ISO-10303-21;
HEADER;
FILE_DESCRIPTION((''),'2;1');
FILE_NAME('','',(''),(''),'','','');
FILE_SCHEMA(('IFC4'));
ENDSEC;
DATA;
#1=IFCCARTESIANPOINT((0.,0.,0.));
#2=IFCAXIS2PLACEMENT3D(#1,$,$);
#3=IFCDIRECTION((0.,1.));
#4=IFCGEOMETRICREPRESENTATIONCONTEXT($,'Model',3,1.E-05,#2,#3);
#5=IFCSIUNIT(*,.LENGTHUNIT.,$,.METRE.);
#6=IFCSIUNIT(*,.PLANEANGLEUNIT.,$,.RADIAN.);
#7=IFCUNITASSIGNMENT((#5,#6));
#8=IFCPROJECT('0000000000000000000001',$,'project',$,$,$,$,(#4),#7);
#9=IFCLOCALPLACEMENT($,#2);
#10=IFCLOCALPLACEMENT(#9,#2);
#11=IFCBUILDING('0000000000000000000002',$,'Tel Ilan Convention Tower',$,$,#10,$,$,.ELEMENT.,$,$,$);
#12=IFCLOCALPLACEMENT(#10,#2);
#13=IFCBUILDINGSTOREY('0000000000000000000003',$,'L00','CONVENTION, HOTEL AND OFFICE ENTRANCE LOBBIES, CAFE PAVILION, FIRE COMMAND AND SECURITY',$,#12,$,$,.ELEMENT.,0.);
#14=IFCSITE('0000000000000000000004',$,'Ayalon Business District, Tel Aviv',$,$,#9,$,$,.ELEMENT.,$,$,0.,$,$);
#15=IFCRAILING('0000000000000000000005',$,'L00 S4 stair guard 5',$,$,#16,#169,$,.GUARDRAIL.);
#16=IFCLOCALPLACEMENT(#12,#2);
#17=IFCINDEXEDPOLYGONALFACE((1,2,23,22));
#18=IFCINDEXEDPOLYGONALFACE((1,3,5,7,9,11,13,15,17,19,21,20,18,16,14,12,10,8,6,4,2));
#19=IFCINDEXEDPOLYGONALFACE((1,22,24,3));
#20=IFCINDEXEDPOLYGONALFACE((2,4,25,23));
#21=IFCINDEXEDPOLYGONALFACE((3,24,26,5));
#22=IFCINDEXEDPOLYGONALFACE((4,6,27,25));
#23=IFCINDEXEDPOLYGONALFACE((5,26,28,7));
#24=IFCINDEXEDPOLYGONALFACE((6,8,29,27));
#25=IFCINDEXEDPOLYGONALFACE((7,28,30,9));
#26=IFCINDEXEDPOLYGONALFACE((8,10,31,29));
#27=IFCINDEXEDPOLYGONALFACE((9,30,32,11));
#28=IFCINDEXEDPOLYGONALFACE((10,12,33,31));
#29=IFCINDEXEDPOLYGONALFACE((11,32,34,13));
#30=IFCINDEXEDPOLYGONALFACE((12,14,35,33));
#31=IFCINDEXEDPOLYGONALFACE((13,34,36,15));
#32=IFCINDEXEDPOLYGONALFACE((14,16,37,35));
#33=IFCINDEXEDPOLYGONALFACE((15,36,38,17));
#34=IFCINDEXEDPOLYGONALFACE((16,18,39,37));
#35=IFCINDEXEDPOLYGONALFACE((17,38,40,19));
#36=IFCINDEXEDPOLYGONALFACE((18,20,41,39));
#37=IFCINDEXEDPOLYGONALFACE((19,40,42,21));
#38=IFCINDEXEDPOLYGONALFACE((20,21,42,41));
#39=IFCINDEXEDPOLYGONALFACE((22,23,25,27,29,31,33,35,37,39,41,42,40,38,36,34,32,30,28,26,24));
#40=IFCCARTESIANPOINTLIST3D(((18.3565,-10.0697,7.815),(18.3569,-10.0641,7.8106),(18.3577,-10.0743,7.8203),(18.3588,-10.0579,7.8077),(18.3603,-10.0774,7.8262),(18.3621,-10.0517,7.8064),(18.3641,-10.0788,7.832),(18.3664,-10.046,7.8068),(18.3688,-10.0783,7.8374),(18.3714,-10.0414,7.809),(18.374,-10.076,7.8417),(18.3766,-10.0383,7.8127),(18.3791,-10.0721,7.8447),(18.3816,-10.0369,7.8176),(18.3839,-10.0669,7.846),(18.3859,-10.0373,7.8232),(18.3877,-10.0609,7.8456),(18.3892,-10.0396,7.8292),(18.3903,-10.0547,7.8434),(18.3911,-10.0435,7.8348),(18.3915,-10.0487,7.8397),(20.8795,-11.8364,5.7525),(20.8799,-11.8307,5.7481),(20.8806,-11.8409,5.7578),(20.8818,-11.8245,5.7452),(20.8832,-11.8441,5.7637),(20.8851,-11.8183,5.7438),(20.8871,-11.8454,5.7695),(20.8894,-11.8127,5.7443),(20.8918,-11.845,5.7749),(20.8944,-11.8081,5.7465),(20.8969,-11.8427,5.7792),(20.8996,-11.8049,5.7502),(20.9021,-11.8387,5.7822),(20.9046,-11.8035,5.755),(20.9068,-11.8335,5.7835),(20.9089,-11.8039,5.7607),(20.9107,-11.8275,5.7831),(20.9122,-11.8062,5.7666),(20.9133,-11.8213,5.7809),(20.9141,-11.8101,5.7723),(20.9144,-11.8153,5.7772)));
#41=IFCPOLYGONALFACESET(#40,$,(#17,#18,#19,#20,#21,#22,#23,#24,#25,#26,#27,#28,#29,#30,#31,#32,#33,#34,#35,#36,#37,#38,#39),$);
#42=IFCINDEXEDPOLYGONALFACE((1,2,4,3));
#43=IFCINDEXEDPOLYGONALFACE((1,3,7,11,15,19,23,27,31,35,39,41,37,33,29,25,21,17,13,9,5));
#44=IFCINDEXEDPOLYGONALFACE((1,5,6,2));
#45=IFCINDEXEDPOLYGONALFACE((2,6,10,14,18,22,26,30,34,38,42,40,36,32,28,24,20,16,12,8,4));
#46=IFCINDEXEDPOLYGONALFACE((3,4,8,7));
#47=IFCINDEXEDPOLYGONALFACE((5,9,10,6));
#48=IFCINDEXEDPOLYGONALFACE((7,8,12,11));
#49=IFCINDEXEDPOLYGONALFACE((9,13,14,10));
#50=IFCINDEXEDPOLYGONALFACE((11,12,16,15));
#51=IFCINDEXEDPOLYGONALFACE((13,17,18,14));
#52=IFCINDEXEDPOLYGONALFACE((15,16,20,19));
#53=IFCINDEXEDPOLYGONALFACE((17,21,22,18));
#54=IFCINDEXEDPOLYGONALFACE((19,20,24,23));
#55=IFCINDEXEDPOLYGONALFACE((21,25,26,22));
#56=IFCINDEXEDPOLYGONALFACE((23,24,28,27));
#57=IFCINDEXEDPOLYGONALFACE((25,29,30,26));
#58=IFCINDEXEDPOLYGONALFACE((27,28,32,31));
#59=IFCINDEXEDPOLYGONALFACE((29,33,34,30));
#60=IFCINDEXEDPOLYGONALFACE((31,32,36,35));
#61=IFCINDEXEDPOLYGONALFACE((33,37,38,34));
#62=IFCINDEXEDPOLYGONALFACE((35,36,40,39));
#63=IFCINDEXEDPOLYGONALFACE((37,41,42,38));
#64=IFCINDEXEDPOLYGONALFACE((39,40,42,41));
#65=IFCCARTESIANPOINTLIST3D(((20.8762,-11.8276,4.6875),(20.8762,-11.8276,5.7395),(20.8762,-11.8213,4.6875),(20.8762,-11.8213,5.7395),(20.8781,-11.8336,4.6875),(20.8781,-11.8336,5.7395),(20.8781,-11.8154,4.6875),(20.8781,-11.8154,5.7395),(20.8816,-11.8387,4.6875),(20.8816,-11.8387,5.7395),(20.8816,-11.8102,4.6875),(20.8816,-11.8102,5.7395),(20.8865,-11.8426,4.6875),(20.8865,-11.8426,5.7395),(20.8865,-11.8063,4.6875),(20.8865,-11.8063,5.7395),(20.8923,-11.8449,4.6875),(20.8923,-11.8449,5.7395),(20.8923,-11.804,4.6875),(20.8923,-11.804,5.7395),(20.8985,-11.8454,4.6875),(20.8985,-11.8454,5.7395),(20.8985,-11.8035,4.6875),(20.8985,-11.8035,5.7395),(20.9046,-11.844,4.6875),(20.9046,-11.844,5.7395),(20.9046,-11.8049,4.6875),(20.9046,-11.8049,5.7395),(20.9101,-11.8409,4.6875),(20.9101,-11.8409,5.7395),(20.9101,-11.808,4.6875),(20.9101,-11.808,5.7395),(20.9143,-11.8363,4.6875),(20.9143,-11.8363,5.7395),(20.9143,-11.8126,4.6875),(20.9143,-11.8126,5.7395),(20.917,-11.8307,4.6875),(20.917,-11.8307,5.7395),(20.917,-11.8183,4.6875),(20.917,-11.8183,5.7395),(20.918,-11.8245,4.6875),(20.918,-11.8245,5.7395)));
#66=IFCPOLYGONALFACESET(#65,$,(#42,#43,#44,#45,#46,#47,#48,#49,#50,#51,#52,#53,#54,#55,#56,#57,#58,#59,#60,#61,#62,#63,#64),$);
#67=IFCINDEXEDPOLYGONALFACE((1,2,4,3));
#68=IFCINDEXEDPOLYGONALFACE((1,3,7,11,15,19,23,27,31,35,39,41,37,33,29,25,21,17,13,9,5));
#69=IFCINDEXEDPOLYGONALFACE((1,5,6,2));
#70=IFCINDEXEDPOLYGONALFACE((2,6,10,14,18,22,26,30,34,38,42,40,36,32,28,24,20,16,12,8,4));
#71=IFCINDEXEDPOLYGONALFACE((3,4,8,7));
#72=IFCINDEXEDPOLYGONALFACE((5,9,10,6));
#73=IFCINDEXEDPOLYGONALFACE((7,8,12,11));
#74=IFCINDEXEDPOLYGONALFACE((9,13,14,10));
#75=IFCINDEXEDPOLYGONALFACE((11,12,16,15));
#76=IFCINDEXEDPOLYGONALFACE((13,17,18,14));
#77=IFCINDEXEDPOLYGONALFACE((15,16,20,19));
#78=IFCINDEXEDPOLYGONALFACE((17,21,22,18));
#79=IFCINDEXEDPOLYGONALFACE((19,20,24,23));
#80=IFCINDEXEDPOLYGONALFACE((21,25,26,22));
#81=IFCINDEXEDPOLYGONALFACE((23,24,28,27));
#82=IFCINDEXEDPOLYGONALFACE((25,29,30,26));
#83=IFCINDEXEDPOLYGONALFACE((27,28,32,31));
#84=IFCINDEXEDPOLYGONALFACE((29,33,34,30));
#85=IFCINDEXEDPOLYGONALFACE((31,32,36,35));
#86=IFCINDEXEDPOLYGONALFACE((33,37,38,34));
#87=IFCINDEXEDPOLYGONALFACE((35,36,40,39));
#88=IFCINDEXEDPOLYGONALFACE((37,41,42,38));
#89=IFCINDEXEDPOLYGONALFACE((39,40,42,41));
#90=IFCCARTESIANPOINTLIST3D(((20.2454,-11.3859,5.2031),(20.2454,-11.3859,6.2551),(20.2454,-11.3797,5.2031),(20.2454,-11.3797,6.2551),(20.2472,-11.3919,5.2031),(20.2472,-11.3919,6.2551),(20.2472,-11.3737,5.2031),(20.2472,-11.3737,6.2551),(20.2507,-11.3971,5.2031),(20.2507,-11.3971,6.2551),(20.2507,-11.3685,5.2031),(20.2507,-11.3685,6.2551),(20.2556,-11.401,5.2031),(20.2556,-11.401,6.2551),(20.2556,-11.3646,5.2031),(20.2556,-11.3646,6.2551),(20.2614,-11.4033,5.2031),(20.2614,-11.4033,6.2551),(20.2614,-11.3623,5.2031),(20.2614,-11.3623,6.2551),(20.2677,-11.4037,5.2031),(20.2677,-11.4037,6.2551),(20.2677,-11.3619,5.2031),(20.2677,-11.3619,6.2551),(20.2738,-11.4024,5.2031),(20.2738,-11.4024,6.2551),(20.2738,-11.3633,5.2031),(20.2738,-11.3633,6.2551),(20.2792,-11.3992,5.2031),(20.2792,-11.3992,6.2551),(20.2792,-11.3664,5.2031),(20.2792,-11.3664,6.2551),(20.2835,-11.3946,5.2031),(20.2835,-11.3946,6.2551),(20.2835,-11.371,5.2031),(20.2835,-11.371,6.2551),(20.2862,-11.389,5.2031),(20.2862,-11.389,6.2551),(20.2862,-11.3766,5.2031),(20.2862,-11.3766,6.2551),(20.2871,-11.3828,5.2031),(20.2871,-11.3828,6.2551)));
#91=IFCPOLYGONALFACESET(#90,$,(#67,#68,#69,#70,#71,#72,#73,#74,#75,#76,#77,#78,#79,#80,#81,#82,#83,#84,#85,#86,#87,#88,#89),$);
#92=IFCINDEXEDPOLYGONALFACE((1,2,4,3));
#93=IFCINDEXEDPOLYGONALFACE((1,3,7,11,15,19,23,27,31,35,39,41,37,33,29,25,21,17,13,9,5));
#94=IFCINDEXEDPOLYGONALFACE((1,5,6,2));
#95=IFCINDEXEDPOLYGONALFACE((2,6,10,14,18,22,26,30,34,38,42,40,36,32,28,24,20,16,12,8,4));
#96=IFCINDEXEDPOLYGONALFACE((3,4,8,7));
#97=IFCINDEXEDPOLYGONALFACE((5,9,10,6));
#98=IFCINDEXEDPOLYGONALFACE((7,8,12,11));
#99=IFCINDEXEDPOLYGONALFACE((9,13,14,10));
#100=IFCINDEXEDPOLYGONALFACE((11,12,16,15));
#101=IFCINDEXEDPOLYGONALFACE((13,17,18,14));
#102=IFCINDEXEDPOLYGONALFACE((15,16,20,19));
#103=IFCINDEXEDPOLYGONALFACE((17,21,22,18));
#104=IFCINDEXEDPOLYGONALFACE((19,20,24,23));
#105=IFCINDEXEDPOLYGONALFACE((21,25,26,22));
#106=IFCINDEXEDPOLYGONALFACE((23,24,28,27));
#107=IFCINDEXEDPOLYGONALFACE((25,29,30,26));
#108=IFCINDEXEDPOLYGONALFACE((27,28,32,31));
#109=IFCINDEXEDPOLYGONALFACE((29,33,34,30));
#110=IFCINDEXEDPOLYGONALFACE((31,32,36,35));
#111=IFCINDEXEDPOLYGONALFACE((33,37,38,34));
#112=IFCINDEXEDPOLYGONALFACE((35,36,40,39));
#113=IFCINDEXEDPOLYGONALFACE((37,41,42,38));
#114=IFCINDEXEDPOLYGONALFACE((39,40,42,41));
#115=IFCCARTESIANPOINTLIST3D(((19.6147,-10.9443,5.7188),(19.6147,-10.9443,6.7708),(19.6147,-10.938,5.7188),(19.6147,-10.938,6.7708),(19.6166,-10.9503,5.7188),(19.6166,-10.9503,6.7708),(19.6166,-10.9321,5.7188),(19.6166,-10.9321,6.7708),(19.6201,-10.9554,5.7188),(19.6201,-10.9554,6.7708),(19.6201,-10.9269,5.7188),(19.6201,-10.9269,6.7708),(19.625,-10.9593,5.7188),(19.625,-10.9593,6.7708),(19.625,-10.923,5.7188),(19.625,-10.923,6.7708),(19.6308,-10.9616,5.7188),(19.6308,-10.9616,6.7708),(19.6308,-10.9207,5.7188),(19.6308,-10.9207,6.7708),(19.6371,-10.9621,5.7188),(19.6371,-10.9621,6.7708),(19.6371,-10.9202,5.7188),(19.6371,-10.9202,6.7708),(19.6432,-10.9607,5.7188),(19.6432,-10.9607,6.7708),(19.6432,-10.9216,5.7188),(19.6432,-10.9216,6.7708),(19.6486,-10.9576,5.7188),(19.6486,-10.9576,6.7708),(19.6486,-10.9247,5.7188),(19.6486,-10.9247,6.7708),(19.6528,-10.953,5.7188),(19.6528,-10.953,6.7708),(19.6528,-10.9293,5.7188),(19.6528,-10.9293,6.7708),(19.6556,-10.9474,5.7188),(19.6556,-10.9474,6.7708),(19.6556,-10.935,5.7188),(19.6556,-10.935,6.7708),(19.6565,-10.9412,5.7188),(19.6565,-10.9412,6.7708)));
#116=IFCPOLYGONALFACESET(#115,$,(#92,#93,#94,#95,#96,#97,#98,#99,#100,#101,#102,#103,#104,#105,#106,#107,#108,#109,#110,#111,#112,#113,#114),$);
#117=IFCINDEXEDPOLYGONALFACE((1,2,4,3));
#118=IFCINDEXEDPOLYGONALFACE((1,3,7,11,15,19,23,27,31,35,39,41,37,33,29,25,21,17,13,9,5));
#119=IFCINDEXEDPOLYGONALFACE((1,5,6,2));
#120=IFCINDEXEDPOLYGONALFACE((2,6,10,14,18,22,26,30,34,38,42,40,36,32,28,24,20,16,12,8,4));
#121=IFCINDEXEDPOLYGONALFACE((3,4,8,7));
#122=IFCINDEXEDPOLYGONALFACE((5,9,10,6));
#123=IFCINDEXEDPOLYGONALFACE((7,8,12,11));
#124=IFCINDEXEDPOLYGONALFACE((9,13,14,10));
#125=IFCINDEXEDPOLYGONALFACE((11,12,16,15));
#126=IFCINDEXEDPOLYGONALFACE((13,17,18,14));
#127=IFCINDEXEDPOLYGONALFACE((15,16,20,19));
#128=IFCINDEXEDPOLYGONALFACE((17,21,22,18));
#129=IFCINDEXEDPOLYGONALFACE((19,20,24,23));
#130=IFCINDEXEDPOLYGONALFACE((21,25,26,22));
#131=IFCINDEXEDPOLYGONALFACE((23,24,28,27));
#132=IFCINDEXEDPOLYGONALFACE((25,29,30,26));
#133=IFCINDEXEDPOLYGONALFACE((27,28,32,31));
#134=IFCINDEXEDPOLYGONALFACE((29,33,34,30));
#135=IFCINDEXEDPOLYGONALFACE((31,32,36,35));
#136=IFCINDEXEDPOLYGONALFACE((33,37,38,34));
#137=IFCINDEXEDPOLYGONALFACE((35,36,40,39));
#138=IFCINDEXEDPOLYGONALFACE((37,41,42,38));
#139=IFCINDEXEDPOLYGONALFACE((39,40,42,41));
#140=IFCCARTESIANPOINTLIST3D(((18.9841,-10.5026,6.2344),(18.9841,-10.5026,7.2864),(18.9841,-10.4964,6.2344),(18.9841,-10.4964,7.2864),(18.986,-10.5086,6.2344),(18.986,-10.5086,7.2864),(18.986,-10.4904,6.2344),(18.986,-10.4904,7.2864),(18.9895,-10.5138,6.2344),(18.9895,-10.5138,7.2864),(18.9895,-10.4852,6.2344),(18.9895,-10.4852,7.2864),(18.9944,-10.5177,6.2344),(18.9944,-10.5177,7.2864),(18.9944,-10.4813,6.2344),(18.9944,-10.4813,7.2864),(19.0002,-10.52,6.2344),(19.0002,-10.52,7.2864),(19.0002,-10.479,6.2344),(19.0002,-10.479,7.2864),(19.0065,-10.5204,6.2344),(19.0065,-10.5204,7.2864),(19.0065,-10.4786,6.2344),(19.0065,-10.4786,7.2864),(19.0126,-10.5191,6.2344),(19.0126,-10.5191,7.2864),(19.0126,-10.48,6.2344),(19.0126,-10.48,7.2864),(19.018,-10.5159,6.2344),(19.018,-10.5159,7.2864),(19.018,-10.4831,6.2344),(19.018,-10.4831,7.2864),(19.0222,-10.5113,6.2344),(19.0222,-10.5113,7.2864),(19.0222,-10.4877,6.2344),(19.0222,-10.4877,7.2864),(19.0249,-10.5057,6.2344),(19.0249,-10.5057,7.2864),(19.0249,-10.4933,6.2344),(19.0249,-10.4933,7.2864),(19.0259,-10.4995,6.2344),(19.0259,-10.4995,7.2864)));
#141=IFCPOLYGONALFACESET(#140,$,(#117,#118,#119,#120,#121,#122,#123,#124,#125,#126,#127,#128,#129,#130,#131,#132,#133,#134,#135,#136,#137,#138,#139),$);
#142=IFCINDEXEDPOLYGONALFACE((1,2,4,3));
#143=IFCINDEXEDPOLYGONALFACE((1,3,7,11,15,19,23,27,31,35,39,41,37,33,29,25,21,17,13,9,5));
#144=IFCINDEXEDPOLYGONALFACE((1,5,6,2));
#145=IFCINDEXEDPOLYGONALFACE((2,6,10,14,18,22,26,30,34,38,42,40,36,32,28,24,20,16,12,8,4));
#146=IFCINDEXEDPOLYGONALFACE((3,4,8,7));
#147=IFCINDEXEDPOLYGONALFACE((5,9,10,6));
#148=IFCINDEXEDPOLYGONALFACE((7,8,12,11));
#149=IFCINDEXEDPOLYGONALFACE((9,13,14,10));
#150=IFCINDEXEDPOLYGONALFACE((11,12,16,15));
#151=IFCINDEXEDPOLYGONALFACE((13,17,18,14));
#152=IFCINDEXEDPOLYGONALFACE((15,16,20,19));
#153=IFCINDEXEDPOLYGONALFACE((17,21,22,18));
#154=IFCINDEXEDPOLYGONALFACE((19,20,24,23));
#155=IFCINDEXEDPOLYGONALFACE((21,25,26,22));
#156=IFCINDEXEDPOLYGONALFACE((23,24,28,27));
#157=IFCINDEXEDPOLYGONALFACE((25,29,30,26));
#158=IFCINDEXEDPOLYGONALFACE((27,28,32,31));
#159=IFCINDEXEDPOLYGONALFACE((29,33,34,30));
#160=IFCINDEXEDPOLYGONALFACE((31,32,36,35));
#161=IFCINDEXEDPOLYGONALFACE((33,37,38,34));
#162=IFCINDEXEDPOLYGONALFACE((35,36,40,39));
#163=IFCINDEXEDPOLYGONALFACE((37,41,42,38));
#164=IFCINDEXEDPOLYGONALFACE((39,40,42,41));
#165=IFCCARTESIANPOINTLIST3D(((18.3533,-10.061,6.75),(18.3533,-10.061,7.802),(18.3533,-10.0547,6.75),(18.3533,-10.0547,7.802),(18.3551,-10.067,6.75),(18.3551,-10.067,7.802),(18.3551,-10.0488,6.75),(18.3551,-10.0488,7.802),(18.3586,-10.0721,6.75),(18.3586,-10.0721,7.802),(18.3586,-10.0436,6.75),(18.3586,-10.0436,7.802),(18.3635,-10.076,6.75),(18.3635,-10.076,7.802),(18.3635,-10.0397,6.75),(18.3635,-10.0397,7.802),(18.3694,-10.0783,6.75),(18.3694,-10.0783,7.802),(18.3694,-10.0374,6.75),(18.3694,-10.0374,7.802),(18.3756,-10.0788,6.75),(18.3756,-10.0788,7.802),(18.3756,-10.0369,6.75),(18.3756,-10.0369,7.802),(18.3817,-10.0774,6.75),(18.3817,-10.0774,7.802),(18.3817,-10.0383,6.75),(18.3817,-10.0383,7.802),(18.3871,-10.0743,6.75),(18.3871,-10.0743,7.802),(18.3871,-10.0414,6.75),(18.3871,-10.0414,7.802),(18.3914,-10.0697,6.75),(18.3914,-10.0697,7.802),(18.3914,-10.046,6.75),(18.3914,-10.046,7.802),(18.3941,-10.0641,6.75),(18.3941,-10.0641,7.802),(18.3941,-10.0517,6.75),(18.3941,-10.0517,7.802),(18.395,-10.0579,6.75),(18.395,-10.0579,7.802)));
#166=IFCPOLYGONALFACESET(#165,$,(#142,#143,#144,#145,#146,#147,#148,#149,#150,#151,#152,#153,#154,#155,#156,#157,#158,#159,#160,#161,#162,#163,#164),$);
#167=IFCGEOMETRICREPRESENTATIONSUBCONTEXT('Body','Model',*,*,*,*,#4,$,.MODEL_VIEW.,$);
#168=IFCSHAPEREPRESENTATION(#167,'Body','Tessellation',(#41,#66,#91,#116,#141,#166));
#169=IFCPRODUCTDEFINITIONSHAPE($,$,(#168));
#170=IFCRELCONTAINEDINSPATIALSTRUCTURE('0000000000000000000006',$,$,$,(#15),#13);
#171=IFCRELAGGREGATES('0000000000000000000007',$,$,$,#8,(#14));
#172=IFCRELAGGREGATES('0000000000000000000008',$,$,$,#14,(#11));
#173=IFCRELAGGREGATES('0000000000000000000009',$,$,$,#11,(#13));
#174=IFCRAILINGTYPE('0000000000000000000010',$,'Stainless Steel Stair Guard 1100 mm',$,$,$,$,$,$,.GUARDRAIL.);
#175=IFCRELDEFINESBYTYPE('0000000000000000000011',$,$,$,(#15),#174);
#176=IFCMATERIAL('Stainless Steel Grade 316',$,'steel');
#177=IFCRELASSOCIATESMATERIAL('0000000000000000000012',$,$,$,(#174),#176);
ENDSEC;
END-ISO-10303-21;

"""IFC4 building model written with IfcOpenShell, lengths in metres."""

from ifc_helpers import new_model, si_unit, direction, frame, origin, origin_2d, place, context, subcontext, project, spatial, circle, extrude, material, type_object, element, save


model = new_model("IFC4")

# Units and contexts
model_context = context("Model", 3, precision=1e-05, world=origin(), true_north=direction((0.0, 1.0)))
body_context = subcontext(model_context, "Body", "Model", "MODEL_VIEW")
ifc_project = project(units=[si_unit("LENGTHUNIT", "METRE"), si_unit("PLANEANGLEUNIT", "RADIAN")], contexts=[model_context])

# Site, building, storey
site_placement = place(None, origin())
site = spatial("IfcSite", under=ifc_project, at=site_placement, Name="Ayalon Business District, Tel Aviv", CompositionType="ELEMENT", RefElevation=0.0)
building_placement = place(site_placement, origin())
building = spatial("IfcBuilding", under=site, at=building_placement, Name="Tel Ilan Convention Tower", CompositionType="ELEMENT")
storey_placement = place(building_placement, origin())
storey = spatial("IfcBuildingStorey", under=building, at=storey_placement, Name="L00", Description="CONVENTION, HOTEL AND OFFICE ENTRANCE LOBBIES, CAFE PAVILION, FIRE COMMAND AND SECURITY", CompositionType="ELEMENT", Elevation=0.0)

# Railing
ifc_material_1 = material(Name="Stainless Steel Grade 316", Category="steel")
railing_type_1 = type_object("IfcRailingType", Name="Stainless Steel Stair Guard 1100 mm", PredefinedType="GUARDRAIL", material=ifc_material_1)
railing_1_placement = place(storey_placement, frame((20.897, -11.8245, 4.6875)))
element("IfcRailing", 1, at=railing_1_placement, inside=storey, type_object=railing_type_1, Name="L00 S4 stair guard 5", PredefinedType="GUARDRAIL", context=body_context, shape_type="SweptSolid", body=[
    extrude(circle(Radius=0.0239, at=origin_2d()), frame((0.0, 0.0, 1.0762), z_axis=(-0.680635, 0.476589, 0.556416), x_axis=(-0.573579, -0.81915, 0.0)), (0.0, 0.0, 1.0), 3.7068),
    extrude(circle(Radius=0.021, at=origin_2d()), origin(), (0.0, 0.0, 1.0), 1.052),
    extrude(circle(Radius=0.021, at=origin_2d()), frame((-0.6309, 0.4417, 0.5156)), (0.0, 0.0, 1.0), 1.052),
    extrude(circle(Radius=0.021, at=origin_2d()), frame((-1.2615, 0.8833, 1.0312)), (0.0, 0.0, 1.0), 1.052),
    extrude(circle(Radius=0.021, at=origin_2d()), frame((-1.8921, 1.325, 1.5469)), (0.0, 0.0, 1.0), 1.052),
    extrude(circle(Radius=0.021, at=origin_2d()), frame((-2.5229, 1.7666, 2.0625)), (0.0, 0.0, 1.0), 1.052),
])

save(model, "model.ifc")
